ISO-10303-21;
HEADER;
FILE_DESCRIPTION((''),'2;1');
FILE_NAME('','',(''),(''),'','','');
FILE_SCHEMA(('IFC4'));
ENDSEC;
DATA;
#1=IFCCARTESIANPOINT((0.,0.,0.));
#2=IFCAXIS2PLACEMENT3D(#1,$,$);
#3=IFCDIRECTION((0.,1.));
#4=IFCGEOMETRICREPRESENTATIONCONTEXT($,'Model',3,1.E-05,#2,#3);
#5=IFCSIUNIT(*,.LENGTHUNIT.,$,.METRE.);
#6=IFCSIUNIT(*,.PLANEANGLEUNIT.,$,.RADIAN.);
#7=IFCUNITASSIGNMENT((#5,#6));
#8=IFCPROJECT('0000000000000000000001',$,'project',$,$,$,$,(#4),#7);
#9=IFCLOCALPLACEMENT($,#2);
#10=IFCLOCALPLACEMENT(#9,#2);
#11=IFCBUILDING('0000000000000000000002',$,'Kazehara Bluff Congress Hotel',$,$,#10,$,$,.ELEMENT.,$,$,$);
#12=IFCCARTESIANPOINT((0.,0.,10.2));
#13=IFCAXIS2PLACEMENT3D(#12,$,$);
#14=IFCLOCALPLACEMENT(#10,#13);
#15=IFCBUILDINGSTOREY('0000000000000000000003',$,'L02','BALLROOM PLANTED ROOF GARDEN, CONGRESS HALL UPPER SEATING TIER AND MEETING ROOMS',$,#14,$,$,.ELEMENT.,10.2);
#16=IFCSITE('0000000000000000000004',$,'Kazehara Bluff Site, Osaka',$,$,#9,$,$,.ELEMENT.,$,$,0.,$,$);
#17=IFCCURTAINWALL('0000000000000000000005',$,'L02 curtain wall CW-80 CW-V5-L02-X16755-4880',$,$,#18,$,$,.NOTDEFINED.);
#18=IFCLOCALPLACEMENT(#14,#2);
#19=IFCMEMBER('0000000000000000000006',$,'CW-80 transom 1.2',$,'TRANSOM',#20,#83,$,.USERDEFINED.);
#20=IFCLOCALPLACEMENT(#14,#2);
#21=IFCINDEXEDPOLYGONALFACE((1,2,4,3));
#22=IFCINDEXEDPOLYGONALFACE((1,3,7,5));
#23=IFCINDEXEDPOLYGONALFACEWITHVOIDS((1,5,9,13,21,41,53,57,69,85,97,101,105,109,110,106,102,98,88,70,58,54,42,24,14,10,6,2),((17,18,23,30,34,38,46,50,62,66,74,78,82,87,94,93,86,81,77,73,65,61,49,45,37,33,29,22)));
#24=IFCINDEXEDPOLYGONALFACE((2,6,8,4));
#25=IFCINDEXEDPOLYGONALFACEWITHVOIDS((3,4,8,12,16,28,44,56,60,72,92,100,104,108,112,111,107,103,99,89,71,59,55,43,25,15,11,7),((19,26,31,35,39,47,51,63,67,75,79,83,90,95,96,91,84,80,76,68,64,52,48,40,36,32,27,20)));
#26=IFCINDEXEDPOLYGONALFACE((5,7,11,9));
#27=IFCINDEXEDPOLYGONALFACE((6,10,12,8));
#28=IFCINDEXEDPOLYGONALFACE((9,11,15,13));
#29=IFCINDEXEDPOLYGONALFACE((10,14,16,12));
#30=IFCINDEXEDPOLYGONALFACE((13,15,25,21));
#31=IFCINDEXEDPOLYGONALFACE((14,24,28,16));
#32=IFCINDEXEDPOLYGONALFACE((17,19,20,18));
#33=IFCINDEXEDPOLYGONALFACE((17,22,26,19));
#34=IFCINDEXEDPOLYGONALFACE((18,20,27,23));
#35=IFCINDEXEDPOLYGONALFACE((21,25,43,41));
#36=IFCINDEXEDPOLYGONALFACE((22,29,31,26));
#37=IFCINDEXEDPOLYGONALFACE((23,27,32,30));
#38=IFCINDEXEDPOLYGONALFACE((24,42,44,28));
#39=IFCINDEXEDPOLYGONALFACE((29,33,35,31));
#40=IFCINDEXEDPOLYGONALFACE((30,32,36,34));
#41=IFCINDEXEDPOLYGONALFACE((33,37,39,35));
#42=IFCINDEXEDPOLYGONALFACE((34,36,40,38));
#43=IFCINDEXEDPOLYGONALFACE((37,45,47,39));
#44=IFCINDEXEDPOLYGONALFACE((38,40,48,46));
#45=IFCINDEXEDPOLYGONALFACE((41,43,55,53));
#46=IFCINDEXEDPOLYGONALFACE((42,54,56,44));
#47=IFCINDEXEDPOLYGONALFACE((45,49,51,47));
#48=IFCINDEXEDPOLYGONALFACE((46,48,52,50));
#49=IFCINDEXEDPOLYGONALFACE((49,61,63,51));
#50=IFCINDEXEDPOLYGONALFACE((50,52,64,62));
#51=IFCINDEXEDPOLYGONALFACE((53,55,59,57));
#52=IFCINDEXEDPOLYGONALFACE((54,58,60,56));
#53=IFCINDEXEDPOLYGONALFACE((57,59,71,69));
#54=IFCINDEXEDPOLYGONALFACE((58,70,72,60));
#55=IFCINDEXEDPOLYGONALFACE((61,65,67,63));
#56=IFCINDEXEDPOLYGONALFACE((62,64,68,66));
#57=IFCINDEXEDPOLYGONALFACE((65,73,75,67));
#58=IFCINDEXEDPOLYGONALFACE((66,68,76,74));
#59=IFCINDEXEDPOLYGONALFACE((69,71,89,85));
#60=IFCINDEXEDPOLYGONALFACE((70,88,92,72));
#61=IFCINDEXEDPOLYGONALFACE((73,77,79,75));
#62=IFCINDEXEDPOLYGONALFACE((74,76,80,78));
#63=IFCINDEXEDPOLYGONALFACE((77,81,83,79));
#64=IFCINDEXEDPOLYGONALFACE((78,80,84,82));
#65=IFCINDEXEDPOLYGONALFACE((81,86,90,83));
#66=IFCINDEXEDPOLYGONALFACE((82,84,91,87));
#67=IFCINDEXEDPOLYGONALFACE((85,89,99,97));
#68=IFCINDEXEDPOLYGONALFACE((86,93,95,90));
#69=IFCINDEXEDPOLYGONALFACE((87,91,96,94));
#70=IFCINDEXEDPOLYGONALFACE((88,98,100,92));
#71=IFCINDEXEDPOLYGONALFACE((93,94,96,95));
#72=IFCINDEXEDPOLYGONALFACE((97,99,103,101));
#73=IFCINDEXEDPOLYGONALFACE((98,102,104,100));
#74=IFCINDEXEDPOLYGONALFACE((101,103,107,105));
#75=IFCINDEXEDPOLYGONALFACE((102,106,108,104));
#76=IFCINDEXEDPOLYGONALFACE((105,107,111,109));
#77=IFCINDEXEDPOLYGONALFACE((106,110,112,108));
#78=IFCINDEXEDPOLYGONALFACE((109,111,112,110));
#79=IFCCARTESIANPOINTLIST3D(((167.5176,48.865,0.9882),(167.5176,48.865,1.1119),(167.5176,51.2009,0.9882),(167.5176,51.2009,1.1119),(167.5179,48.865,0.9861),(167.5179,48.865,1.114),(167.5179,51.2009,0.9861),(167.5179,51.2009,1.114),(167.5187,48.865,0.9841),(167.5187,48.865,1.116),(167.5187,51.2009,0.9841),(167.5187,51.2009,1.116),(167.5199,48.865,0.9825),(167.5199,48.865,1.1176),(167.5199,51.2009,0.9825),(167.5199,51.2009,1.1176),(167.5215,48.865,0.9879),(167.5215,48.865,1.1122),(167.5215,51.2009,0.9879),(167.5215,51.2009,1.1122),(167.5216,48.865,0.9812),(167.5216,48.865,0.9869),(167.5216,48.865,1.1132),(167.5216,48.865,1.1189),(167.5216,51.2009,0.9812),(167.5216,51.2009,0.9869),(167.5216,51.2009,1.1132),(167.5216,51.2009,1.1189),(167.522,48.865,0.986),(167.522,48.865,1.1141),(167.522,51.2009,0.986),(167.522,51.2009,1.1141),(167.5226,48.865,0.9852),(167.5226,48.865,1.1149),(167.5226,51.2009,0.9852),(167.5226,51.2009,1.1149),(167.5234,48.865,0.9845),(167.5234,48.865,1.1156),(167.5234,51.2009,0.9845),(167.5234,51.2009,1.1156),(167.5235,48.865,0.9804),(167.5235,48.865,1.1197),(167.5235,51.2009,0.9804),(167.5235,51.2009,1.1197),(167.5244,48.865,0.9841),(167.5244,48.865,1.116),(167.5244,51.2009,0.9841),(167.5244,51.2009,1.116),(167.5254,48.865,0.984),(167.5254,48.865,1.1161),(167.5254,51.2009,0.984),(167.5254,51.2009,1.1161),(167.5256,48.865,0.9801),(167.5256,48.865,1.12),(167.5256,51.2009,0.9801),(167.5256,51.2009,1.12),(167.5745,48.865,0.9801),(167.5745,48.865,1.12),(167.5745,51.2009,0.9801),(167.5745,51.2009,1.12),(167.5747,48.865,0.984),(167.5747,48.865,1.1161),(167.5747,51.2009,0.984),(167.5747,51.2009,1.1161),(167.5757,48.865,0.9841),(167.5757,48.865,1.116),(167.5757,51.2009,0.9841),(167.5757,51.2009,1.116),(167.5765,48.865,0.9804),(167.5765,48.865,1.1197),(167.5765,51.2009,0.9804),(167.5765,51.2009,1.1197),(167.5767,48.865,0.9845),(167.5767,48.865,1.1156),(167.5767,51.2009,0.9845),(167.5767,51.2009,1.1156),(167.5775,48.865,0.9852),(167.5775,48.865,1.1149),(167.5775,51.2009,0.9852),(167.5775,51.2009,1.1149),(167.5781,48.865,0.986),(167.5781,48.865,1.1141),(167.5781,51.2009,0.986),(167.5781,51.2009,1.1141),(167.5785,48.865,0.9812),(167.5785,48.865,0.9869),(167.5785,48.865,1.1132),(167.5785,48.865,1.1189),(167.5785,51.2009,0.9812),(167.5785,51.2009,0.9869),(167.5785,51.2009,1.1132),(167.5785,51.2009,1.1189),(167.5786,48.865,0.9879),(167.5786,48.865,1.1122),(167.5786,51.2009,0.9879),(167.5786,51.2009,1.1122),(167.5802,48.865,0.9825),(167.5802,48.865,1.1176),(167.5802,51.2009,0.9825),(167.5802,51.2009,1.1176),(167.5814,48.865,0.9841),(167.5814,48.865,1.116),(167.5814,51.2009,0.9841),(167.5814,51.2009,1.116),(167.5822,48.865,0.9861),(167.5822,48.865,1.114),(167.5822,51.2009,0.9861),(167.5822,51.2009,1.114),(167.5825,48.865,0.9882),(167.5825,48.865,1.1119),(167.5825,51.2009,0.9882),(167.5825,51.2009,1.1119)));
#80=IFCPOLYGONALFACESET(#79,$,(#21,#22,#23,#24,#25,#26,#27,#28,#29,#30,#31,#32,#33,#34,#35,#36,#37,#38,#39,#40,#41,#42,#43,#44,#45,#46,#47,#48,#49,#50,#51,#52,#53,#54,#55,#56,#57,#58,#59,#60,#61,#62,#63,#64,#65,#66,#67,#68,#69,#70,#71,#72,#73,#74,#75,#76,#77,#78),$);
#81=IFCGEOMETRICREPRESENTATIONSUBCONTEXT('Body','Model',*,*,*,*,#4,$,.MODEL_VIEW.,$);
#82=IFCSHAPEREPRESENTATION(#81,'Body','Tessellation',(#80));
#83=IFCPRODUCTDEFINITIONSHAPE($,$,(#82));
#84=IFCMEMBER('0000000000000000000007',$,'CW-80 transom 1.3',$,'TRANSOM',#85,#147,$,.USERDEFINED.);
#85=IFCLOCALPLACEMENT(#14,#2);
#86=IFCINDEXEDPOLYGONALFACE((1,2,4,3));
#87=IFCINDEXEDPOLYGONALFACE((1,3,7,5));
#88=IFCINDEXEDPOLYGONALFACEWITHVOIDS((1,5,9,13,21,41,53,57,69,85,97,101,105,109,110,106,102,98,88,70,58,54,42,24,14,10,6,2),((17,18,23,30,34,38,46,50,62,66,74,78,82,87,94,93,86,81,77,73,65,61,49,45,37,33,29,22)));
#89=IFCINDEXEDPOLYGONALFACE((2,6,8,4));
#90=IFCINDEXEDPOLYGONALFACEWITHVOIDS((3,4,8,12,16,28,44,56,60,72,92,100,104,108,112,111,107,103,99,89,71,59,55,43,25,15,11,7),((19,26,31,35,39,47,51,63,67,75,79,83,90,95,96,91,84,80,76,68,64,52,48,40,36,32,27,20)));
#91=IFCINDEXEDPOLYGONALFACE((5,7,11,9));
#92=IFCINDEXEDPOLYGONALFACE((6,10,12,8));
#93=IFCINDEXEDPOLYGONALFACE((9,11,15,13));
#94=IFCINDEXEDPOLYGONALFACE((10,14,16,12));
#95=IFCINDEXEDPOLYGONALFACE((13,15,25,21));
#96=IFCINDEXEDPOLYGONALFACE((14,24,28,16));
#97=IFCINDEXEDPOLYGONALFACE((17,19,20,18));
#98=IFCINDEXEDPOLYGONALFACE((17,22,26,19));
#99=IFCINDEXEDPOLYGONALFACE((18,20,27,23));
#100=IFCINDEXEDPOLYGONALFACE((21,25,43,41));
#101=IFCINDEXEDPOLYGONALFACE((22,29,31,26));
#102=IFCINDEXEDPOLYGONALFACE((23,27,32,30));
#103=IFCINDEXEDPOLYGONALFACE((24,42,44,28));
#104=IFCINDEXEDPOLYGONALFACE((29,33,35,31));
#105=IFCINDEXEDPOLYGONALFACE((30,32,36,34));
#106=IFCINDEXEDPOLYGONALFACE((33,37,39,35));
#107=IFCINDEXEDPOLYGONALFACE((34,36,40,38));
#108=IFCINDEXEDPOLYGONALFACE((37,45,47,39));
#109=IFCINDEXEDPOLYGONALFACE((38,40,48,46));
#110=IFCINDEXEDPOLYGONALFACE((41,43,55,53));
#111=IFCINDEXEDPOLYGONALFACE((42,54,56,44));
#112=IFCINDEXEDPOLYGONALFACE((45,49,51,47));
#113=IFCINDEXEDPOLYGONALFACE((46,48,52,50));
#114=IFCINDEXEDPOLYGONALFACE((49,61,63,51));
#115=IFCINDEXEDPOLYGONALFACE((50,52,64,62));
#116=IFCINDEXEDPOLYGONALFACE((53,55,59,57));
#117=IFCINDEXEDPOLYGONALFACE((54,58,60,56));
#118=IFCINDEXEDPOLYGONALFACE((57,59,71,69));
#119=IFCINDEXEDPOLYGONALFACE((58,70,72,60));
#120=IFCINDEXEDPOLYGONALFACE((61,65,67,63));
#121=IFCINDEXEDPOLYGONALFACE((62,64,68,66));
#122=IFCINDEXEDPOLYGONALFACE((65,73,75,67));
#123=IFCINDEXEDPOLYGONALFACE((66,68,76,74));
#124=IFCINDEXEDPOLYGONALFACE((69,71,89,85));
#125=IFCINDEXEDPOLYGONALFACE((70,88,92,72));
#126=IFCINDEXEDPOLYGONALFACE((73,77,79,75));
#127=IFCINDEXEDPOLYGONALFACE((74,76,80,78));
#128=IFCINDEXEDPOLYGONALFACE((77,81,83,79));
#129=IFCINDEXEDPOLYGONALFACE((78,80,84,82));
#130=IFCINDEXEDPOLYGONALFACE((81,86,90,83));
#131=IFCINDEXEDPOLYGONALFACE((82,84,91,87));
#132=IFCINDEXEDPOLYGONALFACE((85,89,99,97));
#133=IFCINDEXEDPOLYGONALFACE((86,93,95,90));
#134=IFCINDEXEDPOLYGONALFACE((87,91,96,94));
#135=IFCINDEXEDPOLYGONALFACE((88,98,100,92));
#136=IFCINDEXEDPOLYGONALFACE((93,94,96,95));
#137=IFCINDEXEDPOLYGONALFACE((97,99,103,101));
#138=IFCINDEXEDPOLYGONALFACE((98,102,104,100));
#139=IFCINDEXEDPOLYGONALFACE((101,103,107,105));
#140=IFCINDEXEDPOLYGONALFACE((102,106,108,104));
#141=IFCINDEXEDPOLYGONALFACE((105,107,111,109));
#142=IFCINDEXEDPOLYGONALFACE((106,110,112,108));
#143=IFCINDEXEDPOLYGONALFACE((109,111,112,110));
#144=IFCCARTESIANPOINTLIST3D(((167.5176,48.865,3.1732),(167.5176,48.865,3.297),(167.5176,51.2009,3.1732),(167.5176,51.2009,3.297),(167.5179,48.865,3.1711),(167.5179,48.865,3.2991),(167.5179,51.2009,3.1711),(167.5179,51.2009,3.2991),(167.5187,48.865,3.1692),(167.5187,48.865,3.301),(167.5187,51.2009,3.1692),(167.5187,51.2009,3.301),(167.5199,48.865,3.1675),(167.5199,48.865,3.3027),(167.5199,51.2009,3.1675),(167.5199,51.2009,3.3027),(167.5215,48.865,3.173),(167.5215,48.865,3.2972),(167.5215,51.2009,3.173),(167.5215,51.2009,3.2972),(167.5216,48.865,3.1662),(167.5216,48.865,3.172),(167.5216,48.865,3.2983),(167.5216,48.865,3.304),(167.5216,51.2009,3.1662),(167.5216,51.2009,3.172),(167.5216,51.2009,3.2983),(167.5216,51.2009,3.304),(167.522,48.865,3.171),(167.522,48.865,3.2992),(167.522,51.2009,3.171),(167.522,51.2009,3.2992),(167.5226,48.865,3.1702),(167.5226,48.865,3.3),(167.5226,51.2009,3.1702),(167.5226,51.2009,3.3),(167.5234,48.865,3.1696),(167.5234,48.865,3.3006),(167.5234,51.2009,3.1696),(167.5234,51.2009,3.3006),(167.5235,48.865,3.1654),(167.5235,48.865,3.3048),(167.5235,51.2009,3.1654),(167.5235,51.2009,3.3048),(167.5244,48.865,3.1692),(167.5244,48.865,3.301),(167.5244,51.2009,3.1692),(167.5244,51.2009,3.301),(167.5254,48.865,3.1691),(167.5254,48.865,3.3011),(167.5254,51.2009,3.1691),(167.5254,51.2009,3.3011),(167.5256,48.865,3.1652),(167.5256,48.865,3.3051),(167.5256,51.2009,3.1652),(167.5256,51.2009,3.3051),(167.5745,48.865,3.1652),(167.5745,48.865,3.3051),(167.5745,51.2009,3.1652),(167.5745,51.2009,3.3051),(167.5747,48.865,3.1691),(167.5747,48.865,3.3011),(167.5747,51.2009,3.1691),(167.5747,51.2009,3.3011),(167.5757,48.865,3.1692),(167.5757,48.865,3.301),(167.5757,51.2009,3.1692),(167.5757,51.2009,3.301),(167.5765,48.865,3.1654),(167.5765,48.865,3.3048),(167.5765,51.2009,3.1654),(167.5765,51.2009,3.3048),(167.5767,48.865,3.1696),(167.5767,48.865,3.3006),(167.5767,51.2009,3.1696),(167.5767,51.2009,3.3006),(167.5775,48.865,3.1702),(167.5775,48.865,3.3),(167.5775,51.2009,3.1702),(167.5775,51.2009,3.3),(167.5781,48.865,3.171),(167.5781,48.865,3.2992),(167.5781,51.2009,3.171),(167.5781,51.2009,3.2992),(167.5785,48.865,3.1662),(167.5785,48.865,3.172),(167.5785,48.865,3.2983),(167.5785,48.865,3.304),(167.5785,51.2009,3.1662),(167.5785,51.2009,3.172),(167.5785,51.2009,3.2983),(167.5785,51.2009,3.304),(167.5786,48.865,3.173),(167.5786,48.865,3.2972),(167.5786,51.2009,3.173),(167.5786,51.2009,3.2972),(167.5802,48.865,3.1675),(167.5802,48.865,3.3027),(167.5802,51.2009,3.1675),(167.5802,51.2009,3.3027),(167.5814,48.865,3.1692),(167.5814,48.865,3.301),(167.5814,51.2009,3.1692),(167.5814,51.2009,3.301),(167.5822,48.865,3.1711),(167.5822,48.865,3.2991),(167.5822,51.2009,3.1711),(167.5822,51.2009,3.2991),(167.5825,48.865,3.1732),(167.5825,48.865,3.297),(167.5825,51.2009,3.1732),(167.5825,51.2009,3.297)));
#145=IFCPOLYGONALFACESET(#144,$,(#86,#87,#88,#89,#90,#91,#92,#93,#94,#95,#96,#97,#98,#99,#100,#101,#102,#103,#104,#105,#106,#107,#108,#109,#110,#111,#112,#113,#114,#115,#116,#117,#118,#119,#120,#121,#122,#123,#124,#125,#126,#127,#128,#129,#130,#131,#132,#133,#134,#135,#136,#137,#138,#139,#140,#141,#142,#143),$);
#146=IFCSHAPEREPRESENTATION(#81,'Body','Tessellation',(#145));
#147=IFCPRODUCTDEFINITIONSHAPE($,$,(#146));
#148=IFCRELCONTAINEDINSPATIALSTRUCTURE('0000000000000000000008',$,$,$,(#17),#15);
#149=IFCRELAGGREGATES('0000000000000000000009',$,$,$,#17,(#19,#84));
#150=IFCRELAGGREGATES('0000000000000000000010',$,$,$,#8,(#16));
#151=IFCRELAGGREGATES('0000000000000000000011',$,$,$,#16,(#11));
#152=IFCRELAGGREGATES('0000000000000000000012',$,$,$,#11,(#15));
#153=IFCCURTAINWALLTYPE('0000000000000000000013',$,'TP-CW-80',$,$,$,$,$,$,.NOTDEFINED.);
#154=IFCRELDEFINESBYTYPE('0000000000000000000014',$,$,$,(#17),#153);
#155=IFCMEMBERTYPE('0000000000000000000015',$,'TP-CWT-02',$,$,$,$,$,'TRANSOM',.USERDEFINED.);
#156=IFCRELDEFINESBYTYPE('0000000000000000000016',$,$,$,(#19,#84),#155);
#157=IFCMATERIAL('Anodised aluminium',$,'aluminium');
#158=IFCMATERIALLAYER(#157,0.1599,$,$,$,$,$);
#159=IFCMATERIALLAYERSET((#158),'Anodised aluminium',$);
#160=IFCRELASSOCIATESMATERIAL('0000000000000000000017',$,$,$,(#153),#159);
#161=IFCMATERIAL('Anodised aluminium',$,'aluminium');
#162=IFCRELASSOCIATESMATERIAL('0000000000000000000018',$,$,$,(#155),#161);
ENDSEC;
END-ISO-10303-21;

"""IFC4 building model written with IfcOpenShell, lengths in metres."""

from ifc_helpers import new_model, si_unit, direction, frame, origin, origin_2d, place, context, subcontext, project, spatial, hollow_rectangle, extrude, material, layer, layer_set, material_profile, profile_set, type_object, element, aggregate, save


model = new_model("IFC4")

# Units and contexts
model_context = context("Model", 3, precision=1e-05, world=origin(), true_north=direction((0.0, 1.0)))
body_context = subcontext(model_context, "Body", "Model", "MODEL_VIEW")
ifc_project = project(units=[si_unit("LENGTHUNIT", "METRE"), si_unit("PLANEANGLEUNIT", "RADIAN")], contexts=[model_context])

# Site, building, storey
site_placement = place(None, origin())
site = spatial("IfcSite", under=ifc_project, at=site_placement, Name="Kazehara Bluff Site, Osaka", CompositionType="ELEMENT", RefElevation=0.0)
building_placement = place(site_placement, origin())
building = spatial("IfcBuilding", under=site, at=building_placement, Name="Kazehara Bluff Congress Hotel", CompositionType="ELEMENT")
storey_placement = place(building_placement, frame((0.0, 0.0, 10.2)))
storey = spatial("IfcBuildingStorey", under=building, at=storey_placement, Name="L02", Description="BALLROOM PLANTED ROOF GARDEN, CONGRESS HALL UPPER SEATING TIER AND MEETING ROOMS", CompositionType="ELEMENT", Elevation=10.2)

# Curtain wall, members
ifc_material_1 = material(Name="Anodised aluminium", Category="aluminium")
ifc_layer_1 = layer(ifc_material_1, 0.1599)
ifc_layer_set_1 = layer_set([ifc_layer_1], Name="Anodised aluminium")
curtain_wall_type_1 = type_object("IfcCurtainWallType", Name="TP-CW-80", PredefinedType="NOTDEFINED", material=ifc_layer_set_1)
curtain_wall_1_placement = place(storey_placement, origin())
curtain_wall_1 = element("IfcCurtainWall", 1, at=curtain_wall_1_placement, inside=storey, type_object=curtain_wall_type_1, Name="L02 curtain wall CW-80 CW-V5-L02-X16755-4880", PredefinedType="NOTDEFINED")
ifc_material_2 = material(Name="Anodised aluminium", Category="aluminium")
ifc_material_profile_1 = material_profile(ifc_material_2, hollow_rectangle(XDim=0.0649, YDim=0.1399, WallThickness=0.0039, InnerFilletRadius=0.0039, OuterFilletRadius=0.0081, at=origin_2d()))
ifc_profile_set_1 = profile_set([ifc_material_profile_1], Name="Anodised aluminium")
member_type_1 = type_object("IfcMemberType", Name="TP-CWT-02", ElementType="TRANSOM", PredefinedType="USERDEFINED", material=ifc_profile_set_1)
member_1_placement = place(storey_placement, frame((167.55, 48.865, 1.05), z_axis=(0.0, 1.0, 0.0), x_axis=(-1.0, 0.0, 0.0)))
member_1 = element("IfcMember", 2, at=member_1_placement, type_object=member_type_1, Name="CW-80 transom 1.2", ObjectType="TRANSOM", PredefinedType="USERDEFINED", context=body_context, shape_type="SweptSolid", body=[
    extrude(hollow_rectangle(XDim=0.0649, YDim=0.1399, WallThickness=0.0039, InnerFilletRadius=0.0039, OuterFilletRadius=0.0081, at=origin_2d()), origin(), (0.0, 0.0, 1.0), 2.3359),
])
member_2_placement = place(storey_placement, frame((167.55, 48.865, 3.2351), z_axis=(0.0, 1.0, 0.0), x_axis=(-1.0, 0.0, 0.0)))
member_2 = element("IfcMember", 3, at=member_2_placement, type_object=member_type_1, Name="CW-80 transom 1.3", ObjectType="TRANSOM", PredefinedType="USERDEFINED", context=body_context, shape_type="SweptSolid", body=[
    extrude(hollow_rectangle(XDim=0.0649, YDim=0.1399, WallThickness=0.0039, InnerFilletRadius=0.0039, OuterFilletRadius=0.0081, at=origin_2d()), origin(), (0.0, 0.0, 1.0), 2.3359),
])

aggregate(curtain_wall_1, [member_1, member_2])

save(model, "model.ifc")
